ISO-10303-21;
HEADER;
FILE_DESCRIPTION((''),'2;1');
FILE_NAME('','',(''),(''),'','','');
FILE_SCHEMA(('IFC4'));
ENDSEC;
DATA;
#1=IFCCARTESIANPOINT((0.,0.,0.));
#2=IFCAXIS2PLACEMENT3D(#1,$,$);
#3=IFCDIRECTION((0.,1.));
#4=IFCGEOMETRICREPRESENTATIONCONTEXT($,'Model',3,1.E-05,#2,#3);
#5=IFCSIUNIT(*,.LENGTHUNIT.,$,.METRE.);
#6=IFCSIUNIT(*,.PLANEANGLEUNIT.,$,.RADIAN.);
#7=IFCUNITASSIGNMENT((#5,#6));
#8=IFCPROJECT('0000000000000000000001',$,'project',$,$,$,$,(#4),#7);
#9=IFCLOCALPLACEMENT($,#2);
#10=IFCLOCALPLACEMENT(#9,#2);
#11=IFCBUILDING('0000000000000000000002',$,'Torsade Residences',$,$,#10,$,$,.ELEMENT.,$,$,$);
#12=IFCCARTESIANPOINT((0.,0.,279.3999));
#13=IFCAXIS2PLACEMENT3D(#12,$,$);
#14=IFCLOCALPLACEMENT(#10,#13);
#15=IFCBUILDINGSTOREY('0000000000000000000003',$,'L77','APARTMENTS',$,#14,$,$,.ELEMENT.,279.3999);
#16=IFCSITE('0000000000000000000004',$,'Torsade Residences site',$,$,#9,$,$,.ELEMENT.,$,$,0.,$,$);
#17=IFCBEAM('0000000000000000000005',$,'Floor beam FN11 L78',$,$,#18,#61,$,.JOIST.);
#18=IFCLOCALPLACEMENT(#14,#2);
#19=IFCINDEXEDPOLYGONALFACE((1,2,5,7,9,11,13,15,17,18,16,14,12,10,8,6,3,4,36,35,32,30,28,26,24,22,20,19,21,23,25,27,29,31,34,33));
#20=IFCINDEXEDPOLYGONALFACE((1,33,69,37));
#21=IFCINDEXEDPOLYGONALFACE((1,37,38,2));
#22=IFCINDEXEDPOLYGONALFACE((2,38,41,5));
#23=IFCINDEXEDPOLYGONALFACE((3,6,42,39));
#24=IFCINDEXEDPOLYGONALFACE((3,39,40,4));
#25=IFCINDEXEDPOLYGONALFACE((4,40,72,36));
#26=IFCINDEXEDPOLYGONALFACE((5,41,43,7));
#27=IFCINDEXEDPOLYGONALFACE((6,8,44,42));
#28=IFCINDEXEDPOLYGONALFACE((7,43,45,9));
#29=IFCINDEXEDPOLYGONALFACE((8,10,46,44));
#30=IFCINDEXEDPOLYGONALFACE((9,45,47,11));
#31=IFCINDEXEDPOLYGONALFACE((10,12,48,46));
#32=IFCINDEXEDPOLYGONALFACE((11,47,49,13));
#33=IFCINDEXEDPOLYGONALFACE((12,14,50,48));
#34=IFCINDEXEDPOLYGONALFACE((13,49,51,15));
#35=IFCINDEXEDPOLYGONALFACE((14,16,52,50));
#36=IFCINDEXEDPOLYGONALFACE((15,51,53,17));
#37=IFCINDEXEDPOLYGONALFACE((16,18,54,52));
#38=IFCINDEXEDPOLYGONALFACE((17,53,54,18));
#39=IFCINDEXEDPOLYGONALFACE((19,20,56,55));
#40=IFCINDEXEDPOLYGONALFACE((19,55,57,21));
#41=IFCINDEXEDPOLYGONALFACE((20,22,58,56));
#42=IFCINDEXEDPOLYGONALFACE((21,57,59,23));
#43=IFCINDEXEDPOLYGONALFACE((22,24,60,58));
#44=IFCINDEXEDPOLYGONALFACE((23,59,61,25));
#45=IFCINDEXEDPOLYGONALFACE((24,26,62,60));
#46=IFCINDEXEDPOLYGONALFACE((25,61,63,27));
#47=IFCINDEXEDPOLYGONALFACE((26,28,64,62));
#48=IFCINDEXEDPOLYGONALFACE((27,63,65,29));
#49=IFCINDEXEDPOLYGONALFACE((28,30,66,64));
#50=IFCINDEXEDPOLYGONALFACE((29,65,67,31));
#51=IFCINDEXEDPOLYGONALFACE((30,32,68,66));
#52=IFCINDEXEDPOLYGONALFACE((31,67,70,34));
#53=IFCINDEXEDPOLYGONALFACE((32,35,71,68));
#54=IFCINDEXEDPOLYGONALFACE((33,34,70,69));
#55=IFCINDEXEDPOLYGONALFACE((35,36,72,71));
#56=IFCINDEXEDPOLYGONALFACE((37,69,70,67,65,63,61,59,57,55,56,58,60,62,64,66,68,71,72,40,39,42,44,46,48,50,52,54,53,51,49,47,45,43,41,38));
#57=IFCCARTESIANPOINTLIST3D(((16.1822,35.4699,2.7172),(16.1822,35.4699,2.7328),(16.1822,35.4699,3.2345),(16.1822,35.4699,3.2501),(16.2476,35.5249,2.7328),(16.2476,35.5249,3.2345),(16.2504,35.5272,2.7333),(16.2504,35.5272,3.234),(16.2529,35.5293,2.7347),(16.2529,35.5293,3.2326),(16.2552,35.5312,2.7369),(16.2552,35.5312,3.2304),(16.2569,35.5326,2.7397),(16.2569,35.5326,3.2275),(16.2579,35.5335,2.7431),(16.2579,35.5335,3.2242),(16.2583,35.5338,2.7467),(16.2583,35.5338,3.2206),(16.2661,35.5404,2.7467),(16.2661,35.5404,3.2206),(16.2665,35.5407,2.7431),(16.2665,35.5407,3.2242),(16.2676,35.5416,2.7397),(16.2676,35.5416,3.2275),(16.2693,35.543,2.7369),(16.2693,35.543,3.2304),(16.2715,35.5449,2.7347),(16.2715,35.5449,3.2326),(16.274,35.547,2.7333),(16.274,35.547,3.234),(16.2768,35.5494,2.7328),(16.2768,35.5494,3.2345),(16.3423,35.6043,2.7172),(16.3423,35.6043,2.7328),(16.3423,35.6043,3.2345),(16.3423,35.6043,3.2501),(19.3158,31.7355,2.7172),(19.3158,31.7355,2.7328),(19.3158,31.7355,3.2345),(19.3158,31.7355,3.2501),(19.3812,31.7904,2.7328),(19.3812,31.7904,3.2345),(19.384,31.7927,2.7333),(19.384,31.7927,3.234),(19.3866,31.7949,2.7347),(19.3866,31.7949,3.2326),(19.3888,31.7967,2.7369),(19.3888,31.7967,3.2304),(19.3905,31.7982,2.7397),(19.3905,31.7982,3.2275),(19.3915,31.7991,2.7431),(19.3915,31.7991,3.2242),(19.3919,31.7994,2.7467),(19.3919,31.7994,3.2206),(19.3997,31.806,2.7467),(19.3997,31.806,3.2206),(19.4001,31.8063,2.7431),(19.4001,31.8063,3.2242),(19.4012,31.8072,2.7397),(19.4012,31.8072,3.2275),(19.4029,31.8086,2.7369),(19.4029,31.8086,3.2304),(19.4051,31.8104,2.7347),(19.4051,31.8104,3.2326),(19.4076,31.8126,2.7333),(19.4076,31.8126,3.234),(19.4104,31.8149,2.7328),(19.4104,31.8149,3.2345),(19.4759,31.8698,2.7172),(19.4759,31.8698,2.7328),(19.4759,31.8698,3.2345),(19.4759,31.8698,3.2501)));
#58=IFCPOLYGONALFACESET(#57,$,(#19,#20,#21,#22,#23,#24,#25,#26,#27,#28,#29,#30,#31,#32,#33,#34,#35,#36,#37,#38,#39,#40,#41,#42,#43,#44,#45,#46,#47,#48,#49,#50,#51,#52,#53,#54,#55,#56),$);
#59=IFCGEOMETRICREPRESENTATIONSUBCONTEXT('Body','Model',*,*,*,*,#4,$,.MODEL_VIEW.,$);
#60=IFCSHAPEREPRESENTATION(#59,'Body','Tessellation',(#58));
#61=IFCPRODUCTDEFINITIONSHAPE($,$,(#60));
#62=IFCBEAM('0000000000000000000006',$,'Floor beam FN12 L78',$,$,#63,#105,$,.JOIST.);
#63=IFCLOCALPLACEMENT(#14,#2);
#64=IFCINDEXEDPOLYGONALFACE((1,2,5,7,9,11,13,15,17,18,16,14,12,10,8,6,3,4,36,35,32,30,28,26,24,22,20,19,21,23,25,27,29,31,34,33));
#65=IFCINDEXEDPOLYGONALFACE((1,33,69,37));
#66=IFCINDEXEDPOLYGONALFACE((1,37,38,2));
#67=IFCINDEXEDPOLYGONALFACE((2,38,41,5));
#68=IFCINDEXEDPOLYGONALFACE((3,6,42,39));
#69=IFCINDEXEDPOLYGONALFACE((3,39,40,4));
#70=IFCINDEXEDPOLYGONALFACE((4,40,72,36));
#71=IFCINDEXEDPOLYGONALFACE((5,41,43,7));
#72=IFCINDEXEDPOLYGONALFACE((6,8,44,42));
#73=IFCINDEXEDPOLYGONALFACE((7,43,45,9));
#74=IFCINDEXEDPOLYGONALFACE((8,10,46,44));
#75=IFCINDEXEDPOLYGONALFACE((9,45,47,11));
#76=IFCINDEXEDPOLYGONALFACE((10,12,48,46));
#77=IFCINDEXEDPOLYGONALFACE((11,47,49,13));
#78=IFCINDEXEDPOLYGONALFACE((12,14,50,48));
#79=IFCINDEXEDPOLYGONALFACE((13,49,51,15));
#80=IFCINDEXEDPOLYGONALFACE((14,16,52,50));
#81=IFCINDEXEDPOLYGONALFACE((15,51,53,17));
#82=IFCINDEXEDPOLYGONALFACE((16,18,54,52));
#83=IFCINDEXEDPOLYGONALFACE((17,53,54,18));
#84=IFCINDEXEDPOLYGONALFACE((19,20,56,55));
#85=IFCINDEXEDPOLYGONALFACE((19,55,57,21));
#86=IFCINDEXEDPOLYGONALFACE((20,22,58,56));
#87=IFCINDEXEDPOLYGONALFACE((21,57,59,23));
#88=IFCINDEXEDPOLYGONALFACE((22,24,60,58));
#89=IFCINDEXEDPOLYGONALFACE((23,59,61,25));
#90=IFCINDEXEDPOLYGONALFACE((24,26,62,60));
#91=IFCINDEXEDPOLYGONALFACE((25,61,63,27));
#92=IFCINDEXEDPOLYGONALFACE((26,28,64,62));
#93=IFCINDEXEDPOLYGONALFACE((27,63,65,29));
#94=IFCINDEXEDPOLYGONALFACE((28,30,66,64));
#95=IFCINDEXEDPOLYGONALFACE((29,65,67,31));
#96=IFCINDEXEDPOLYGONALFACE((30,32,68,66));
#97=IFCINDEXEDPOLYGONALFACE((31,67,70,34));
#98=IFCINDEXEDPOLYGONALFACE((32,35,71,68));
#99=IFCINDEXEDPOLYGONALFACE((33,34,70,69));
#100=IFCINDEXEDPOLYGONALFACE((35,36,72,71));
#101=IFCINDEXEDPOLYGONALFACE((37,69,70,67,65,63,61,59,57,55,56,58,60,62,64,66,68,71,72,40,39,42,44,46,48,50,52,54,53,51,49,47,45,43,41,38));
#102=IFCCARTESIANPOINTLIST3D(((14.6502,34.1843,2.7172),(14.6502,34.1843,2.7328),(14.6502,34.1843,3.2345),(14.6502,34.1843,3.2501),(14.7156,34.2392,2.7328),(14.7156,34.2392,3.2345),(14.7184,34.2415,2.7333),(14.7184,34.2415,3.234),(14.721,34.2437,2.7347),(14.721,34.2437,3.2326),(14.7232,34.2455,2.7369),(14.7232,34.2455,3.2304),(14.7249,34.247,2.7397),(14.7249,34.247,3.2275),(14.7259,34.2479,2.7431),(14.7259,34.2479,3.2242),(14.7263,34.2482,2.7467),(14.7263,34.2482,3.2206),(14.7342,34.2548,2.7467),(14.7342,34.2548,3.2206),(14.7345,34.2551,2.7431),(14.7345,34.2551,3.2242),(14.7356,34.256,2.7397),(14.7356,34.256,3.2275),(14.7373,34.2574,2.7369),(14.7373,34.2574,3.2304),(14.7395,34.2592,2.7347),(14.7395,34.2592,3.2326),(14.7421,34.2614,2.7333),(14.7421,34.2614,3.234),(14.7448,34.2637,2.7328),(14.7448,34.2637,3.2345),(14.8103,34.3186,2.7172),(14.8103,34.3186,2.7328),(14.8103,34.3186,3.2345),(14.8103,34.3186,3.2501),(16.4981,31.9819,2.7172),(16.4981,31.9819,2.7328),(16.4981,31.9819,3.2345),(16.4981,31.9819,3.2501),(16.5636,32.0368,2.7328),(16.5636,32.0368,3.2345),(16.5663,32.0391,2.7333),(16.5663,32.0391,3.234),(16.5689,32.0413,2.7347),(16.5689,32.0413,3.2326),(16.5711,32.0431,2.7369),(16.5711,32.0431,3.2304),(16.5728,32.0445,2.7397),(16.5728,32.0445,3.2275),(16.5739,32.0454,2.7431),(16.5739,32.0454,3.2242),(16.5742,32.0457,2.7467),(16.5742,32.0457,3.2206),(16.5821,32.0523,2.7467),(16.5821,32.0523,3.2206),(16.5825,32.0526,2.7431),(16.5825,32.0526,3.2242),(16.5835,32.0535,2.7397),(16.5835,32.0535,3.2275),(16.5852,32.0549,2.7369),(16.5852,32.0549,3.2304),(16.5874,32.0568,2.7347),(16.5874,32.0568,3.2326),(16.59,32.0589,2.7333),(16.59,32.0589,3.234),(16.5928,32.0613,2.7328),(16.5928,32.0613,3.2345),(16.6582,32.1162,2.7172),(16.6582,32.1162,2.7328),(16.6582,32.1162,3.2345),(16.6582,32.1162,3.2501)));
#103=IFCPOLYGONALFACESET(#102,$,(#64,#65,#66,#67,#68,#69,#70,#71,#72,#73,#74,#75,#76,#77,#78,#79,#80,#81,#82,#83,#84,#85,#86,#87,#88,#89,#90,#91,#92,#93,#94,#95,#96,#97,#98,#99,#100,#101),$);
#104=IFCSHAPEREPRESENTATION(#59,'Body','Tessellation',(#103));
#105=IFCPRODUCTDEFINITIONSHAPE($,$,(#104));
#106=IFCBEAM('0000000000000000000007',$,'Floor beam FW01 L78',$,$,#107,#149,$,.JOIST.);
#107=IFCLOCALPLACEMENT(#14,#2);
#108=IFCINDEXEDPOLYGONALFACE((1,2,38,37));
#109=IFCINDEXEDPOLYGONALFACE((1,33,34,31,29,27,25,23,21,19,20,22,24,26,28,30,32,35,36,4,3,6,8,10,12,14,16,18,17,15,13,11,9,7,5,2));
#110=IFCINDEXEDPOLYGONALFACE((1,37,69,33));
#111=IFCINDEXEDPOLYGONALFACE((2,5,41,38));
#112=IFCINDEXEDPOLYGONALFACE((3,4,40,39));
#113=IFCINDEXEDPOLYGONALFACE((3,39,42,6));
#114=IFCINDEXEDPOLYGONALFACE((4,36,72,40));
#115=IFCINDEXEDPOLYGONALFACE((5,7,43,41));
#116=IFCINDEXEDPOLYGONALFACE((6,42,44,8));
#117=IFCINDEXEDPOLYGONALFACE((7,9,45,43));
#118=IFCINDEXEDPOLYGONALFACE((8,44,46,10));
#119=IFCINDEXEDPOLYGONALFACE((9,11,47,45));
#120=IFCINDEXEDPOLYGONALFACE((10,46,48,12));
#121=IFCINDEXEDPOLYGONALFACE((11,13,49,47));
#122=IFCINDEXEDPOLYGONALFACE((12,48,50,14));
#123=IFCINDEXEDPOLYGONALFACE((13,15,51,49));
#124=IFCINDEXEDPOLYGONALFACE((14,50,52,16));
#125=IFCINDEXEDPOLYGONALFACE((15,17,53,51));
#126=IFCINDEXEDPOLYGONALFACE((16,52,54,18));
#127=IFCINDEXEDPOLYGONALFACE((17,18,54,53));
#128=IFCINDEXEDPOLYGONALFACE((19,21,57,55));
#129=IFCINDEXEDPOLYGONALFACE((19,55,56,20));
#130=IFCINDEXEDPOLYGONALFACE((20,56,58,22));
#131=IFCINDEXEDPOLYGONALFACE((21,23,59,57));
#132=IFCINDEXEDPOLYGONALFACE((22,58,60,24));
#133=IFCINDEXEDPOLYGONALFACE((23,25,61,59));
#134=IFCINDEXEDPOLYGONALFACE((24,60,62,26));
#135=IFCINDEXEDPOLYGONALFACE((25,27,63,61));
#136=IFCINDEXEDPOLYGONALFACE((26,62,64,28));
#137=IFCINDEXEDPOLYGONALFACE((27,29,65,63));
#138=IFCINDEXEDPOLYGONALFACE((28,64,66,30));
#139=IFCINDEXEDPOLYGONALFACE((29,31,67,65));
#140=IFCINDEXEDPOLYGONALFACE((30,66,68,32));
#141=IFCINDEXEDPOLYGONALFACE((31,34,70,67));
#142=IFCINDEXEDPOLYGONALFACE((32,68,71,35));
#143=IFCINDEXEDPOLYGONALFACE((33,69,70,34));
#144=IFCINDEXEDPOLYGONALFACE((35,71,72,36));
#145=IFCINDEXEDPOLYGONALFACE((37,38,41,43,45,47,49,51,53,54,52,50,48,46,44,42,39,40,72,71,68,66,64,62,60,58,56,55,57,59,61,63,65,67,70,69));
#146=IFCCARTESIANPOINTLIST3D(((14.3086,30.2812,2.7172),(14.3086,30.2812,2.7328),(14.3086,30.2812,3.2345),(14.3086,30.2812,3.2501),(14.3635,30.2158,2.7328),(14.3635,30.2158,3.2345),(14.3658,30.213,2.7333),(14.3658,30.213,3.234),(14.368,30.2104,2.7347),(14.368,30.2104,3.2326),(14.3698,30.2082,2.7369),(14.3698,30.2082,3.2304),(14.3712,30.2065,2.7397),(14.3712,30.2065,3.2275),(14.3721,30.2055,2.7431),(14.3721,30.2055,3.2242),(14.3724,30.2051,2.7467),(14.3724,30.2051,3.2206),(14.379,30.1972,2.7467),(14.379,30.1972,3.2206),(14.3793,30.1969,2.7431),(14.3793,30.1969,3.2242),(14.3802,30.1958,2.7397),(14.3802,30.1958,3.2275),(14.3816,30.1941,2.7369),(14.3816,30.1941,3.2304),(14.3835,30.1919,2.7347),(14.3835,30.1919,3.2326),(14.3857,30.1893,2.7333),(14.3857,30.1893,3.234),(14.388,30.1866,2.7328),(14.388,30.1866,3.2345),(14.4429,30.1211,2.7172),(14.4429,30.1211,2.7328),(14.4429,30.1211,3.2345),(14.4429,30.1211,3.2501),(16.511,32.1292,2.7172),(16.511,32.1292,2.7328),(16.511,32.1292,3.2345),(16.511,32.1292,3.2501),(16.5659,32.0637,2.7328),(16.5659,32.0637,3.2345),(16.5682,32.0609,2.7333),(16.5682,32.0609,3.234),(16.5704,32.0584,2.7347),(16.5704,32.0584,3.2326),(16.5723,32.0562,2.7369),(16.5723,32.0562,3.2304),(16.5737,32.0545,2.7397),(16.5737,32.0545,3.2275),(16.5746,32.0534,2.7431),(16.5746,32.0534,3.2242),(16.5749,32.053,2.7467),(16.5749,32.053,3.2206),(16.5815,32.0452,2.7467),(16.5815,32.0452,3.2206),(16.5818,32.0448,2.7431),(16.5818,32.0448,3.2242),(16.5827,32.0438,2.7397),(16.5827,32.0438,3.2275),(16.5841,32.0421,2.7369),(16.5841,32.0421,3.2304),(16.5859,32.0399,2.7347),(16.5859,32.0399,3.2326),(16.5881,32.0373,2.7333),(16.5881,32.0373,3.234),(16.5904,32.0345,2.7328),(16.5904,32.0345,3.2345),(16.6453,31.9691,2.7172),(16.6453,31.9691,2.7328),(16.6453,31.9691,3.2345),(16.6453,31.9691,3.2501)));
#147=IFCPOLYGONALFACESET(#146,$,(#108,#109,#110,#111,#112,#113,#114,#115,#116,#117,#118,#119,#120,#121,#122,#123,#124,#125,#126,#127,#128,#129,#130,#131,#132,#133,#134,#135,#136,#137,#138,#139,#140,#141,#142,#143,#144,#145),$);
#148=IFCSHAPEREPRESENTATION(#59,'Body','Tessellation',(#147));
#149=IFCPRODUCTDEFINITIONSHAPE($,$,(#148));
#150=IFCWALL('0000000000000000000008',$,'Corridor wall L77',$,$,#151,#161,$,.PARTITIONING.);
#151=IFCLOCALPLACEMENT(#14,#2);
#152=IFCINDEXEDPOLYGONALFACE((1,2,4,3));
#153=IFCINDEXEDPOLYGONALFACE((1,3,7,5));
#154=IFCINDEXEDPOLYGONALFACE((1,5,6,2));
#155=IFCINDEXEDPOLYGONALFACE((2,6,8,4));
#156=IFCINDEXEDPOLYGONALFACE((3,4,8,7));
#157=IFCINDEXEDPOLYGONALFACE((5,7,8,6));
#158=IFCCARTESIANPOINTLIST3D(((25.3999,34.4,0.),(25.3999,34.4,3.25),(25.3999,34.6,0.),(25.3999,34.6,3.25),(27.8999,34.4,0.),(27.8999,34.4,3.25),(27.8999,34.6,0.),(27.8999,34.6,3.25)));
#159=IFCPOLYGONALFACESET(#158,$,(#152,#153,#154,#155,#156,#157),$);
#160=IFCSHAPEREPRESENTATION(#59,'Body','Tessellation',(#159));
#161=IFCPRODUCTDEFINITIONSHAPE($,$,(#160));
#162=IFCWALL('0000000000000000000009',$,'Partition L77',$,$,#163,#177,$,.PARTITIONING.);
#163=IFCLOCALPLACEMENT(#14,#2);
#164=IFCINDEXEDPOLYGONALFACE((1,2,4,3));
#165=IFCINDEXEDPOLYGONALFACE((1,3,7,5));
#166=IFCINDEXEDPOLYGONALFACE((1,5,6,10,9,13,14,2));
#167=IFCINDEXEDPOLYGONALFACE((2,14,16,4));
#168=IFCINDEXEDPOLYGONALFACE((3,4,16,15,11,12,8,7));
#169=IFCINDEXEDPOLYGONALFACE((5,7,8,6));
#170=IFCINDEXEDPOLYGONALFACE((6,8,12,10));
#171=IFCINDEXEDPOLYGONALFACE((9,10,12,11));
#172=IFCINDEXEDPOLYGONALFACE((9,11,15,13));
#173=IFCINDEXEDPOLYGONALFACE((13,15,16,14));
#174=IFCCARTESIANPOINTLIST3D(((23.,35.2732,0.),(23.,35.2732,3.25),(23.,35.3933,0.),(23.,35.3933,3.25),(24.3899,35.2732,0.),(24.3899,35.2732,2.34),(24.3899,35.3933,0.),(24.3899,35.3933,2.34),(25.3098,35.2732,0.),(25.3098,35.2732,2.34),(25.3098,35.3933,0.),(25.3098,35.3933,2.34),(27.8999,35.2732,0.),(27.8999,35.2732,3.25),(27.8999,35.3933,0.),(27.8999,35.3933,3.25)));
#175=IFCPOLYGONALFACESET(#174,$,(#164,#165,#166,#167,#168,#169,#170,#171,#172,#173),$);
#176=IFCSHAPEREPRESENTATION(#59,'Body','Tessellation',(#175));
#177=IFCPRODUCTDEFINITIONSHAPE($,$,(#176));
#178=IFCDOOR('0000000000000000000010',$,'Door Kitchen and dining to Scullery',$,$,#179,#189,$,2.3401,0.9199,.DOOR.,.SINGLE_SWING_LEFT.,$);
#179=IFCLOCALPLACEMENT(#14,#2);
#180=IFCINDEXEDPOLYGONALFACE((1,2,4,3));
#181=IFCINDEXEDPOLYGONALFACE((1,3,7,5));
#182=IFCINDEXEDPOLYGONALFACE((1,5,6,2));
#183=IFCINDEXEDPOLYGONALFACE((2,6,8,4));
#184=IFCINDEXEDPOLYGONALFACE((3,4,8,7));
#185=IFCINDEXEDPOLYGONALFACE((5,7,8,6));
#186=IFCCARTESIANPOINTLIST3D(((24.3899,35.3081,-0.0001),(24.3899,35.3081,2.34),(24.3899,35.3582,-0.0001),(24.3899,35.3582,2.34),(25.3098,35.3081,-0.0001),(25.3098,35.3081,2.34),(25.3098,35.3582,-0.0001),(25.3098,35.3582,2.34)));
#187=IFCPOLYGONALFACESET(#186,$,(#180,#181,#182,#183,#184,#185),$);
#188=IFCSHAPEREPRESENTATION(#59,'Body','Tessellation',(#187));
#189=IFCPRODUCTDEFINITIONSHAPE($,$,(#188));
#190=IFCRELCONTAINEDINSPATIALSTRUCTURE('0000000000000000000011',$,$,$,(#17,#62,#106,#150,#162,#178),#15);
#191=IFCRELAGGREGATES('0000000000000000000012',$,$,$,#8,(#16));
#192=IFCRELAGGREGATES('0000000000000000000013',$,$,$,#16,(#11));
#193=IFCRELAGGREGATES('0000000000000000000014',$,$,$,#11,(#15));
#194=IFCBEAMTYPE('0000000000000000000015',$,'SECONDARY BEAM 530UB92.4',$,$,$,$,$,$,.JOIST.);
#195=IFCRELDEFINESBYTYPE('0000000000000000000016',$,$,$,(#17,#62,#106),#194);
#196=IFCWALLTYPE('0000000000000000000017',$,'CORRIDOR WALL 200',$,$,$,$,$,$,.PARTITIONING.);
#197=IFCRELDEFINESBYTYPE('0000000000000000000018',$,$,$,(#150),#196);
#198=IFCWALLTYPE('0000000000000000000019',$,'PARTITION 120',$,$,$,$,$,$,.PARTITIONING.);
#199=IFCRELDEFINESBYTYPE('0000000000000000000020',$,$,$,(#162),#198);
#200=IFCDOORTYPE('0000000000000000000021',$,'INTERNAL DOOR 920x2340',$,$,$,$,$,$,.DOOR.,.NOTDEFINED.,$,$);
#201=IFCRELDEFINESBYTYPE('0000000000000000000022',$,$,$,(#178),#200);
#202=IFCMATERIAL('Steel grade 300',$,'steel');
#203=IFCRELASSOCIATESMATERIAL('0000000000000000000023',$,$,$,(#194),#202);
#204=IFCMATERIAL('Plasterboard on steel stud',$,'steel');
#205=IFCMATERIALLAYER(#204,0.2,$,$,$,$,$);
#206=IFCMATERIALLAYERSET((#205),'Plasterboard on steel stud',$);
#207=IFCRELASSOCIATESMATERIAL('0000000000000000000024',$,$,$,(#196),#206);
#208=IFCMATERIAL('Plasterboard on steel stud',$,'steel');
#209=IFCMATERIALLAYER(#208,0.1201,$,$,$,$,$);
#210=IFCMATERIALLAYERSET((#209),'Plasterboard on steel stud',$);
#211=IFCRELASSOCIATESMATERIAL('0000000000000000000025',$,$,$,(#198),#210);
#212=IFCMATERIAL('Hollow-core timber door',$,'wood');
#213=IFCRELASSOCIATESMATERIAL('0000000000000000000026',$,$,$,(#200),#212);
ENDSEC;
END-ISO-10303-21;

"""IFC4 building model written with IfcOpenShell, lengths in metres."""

from ifc_helpers import new_model, si_unit, direction, frame, frame_2d, origin, origin_2d, place, context, subcontext, project, spatial, rectangle, i_section, extrude, material, layer, layer_set, material_profile, profile_set, type_object, element, fill, save


model = new_model("IFC4")

# Units and contexts
model_context = context("Model", 3, precision=1e-05, world=origin(), true_north=direction((0.0, 1.0)))
body_context = subcontext(model_context, "Body", "Model", "MODEL_VIEW")
ifc_project = project(units=[si_unit("LENGTHUNIT", "METRE"), si_unit("PLANEANGLEUNIT", "RADIAN")], contexts=[model_context])

# Site, building, storey
site_placement = place(None, origin())
site = spatial("IfcSite", under=ifc_project, at=site_placement, Name="Torsade Residences site", CompositionType="ELEMENT", RefElevation=0.0)
building_placement = place(site_placement, origin())
building = spatial("IfcBuilding", under=site, at=building_placement, Name="Torsade Residences", CompositionType="ELEMENT")
storey_placement = place(building_placement, frame((0.0, 0.0, 279.3999)))
storey = spatial("IfcBuildingStorey", under=building, at=storey_placement, Name="L77", Description="APARTMENTS", CompositionType="ELEMENT", Elevation=279.3999)

# Beams
ifc_material_1 = material(Name="Steel grade 300", Category="steel")
ifc_material_profile_1 = material_profile(ifc_material_1, i_section(OverallWidth=0.209, OverallDepth=0.533, WebThickness=0.0103, FlangeThickness=0.0156, FilletRadius=0.0139, at=origin_2d()), Name="530UB92.4")
ifc_profile_set_1 = profile_set([ifc_material_profile_1], Name="Steel grade 300")
beam_type_1 = type_object("IfcBeamType", Name="SECONDARY BEAM 530UB92.4", PredefinedType="JOIST", material=ifc_profile_set_1)
beam_1_placement = place(storey_placement, frame((16.2622, 35.5371, 2.9836), z_axis=(0.642791, -0.766041, 0.0), x_axis=(0.766041, 0.642791, 0.0)))
element("IfcBeam", 1, at=beam_1_placement, inside=storey, type_object=beam_type_1, Name="Floor beam FN11 L78", PredefinedType="JOIST", context=body_context, shape_type="SweptSolid", body=[
    extrude(i_section(OverallWidth=0.209, OverallDepth=0.533, WebThickness=0.0103, FlangeThickness=0.0156, FilletRadius=0.0139, at=origin_2d()), origin(), (0.0, 0.0, 1.0), 4.875),
])
for number, where, z_axis, x_axis, name in (
    (2, (14.7302, 34.2515, 2.9836), (0.642762, -0.766066, 0.0), (0.766066, 0.642762, 0.0), "Floor beam FN12 L78"),
    (3, (14.3757, 30.2012, 2.9836), (0.766066, 0.642762, 0.0), (-0.642762, 0.766066, 0.0), "Floor beam FW01 L78"),
):
    element("IfcBeam", number, at=place(storey_placement, frame(where, z_axis=z_axis, x_axis=x_axis)), inside=storey, type_object=beam_type_1, Name=name, PredefinedType="JOIST", context=body_context, shape_type="SweptSolid", body=[
        extrude(i_section(OverallWidth=0.209, OverallDepth=0.533, WebThickness=0.0103, FlangeThickness=0.0156, FilletRadius=0.0139, at=origin_2d()), origin(), (0.0, 0.0, 1.0), 2.875),
    ])

# Wall
ifc_material_2 = material(Name="Plasterboard on steel stud", Category="steel")
ifc_layer_1 = layer(ifc_material_2, 0.2)
ifc_layer_set_1 = layer_set([ifc_layer_1], Name="Plasterboard on steel stud")
wall_type_1 = type_object("IfcWallType", Name="CORRIDOR WALL 200", PredefinedType="PARTITIONING", material=ifc_layer_set_1)
wall_1_placement = place(storey_placement, frame((27.8999, 34.5, 0.0), z_axis=(0.0, 0.0, 1.0), x_axis=(-1.0, 0.0, 0.0)))
element("IfcWall", 4, at=wall_1_placement, inside=storey, type_object=wall_type_1, Name="Corridor wall L77", PredefinedType="PARTITIONING", context=body_context, shape_type="SweptSolid", body=[
    extrude(rectangle(XDim=2.5, YDim=0.2, at=frame_2d((1.25, 0.0))), origin(), (0.0, 0.0, 1.0), 3.25),
])

# Wall, opening, door
ifc_material_3 = material(Name="Plasterboard on steel stud", Category="steel")
ifc_layer_2 = layer(ifc_material_3, 0.1201)
ifc_layer_set_2 = layer_set([ifc_layer_2], Name="Plasterboard on steel stud")
wall_type_2 = type_object("IfcWallType", Name="PARTITION 120", PredefinedType="PARTITIONING", material=ifc_layer_set_2)
wall_2_placement = place(storey_placement, frame((23.0, 35.3333, 0.0), z_axis=(0.0, 0.0, 1.0), x_axis=(1.0, 0.0, 0.0)))
wall_2 = element("IfcWall", 5, at=wall_2_placement, inside=storey, type_object=wall_type_2, Name="Partition L77", PredefinedType="PARTITIONING", context=body_context, shape_type="SweptSolid", body=[
    extrude(rectangle(XDim=4.8999, YDim=0.1201, at=frame_2d((2.45, 0.0))), origin(), (0.0, 0.0, 1.0), 3.25),
])
opening_1_placement = place(wall_2_placement, frame((1.3899, 0.0, 0.0)))
opening_1 = element("IfcOpeningElement", 6, at=opening_1_placement, cuts=wall_2, PredefinedType="OPENING", context=body_context, shape_type="SweptSolid", body=[
    extrude(rectangle(XDim=0.9199, YDim=2.3401, at=frame_2d((0.46, 1.1699))), frame((0.0, 0.0701, 0.0), z_axis=(0.0, -1.0, 0.0), x_axis=(1.0, 0.0, 0.0)), (0.0, 0.0, 1.0), 0.1401),
])
ifc_material_4 = material(Name="Hollow-core timber door", Category="wood")
door_type_1 = type_object("IfcDoorType", Name="INTERNAL DOOR 920x2340", OperationType="NOTDEFINED", PredefinedType="DOOR", material=ifc_material_4)
door_1_placement = place(opening_1_placement, origin())
door_1 = element("IfcDoor", 7, at=door_1_placement, inside=storey, type_object=door_type_1, Name="Door Kitchen and dining to Scullery", OperationType="SINGLE_SWING_LEFT", OverallHeight=2.3401, OverallWidth=0.9199, PredefinedType="DOOR", context=body_context, shape_type="SweptSolid", body=[
    extrude(rectangle(XDim=0.9199, YDim=2.3401, at=frame_2d((0.46, 1.1699))), frame((0.0, 0.0249, 0.0), z_axis=(0.0, -1.0, 0.0), x_axis=(1.0, 0.0, 0.0)), (0.0, 0.0, 1.0), 0.05),
])
fill(opening_1, door_1)

save(model, "model.ifc")
